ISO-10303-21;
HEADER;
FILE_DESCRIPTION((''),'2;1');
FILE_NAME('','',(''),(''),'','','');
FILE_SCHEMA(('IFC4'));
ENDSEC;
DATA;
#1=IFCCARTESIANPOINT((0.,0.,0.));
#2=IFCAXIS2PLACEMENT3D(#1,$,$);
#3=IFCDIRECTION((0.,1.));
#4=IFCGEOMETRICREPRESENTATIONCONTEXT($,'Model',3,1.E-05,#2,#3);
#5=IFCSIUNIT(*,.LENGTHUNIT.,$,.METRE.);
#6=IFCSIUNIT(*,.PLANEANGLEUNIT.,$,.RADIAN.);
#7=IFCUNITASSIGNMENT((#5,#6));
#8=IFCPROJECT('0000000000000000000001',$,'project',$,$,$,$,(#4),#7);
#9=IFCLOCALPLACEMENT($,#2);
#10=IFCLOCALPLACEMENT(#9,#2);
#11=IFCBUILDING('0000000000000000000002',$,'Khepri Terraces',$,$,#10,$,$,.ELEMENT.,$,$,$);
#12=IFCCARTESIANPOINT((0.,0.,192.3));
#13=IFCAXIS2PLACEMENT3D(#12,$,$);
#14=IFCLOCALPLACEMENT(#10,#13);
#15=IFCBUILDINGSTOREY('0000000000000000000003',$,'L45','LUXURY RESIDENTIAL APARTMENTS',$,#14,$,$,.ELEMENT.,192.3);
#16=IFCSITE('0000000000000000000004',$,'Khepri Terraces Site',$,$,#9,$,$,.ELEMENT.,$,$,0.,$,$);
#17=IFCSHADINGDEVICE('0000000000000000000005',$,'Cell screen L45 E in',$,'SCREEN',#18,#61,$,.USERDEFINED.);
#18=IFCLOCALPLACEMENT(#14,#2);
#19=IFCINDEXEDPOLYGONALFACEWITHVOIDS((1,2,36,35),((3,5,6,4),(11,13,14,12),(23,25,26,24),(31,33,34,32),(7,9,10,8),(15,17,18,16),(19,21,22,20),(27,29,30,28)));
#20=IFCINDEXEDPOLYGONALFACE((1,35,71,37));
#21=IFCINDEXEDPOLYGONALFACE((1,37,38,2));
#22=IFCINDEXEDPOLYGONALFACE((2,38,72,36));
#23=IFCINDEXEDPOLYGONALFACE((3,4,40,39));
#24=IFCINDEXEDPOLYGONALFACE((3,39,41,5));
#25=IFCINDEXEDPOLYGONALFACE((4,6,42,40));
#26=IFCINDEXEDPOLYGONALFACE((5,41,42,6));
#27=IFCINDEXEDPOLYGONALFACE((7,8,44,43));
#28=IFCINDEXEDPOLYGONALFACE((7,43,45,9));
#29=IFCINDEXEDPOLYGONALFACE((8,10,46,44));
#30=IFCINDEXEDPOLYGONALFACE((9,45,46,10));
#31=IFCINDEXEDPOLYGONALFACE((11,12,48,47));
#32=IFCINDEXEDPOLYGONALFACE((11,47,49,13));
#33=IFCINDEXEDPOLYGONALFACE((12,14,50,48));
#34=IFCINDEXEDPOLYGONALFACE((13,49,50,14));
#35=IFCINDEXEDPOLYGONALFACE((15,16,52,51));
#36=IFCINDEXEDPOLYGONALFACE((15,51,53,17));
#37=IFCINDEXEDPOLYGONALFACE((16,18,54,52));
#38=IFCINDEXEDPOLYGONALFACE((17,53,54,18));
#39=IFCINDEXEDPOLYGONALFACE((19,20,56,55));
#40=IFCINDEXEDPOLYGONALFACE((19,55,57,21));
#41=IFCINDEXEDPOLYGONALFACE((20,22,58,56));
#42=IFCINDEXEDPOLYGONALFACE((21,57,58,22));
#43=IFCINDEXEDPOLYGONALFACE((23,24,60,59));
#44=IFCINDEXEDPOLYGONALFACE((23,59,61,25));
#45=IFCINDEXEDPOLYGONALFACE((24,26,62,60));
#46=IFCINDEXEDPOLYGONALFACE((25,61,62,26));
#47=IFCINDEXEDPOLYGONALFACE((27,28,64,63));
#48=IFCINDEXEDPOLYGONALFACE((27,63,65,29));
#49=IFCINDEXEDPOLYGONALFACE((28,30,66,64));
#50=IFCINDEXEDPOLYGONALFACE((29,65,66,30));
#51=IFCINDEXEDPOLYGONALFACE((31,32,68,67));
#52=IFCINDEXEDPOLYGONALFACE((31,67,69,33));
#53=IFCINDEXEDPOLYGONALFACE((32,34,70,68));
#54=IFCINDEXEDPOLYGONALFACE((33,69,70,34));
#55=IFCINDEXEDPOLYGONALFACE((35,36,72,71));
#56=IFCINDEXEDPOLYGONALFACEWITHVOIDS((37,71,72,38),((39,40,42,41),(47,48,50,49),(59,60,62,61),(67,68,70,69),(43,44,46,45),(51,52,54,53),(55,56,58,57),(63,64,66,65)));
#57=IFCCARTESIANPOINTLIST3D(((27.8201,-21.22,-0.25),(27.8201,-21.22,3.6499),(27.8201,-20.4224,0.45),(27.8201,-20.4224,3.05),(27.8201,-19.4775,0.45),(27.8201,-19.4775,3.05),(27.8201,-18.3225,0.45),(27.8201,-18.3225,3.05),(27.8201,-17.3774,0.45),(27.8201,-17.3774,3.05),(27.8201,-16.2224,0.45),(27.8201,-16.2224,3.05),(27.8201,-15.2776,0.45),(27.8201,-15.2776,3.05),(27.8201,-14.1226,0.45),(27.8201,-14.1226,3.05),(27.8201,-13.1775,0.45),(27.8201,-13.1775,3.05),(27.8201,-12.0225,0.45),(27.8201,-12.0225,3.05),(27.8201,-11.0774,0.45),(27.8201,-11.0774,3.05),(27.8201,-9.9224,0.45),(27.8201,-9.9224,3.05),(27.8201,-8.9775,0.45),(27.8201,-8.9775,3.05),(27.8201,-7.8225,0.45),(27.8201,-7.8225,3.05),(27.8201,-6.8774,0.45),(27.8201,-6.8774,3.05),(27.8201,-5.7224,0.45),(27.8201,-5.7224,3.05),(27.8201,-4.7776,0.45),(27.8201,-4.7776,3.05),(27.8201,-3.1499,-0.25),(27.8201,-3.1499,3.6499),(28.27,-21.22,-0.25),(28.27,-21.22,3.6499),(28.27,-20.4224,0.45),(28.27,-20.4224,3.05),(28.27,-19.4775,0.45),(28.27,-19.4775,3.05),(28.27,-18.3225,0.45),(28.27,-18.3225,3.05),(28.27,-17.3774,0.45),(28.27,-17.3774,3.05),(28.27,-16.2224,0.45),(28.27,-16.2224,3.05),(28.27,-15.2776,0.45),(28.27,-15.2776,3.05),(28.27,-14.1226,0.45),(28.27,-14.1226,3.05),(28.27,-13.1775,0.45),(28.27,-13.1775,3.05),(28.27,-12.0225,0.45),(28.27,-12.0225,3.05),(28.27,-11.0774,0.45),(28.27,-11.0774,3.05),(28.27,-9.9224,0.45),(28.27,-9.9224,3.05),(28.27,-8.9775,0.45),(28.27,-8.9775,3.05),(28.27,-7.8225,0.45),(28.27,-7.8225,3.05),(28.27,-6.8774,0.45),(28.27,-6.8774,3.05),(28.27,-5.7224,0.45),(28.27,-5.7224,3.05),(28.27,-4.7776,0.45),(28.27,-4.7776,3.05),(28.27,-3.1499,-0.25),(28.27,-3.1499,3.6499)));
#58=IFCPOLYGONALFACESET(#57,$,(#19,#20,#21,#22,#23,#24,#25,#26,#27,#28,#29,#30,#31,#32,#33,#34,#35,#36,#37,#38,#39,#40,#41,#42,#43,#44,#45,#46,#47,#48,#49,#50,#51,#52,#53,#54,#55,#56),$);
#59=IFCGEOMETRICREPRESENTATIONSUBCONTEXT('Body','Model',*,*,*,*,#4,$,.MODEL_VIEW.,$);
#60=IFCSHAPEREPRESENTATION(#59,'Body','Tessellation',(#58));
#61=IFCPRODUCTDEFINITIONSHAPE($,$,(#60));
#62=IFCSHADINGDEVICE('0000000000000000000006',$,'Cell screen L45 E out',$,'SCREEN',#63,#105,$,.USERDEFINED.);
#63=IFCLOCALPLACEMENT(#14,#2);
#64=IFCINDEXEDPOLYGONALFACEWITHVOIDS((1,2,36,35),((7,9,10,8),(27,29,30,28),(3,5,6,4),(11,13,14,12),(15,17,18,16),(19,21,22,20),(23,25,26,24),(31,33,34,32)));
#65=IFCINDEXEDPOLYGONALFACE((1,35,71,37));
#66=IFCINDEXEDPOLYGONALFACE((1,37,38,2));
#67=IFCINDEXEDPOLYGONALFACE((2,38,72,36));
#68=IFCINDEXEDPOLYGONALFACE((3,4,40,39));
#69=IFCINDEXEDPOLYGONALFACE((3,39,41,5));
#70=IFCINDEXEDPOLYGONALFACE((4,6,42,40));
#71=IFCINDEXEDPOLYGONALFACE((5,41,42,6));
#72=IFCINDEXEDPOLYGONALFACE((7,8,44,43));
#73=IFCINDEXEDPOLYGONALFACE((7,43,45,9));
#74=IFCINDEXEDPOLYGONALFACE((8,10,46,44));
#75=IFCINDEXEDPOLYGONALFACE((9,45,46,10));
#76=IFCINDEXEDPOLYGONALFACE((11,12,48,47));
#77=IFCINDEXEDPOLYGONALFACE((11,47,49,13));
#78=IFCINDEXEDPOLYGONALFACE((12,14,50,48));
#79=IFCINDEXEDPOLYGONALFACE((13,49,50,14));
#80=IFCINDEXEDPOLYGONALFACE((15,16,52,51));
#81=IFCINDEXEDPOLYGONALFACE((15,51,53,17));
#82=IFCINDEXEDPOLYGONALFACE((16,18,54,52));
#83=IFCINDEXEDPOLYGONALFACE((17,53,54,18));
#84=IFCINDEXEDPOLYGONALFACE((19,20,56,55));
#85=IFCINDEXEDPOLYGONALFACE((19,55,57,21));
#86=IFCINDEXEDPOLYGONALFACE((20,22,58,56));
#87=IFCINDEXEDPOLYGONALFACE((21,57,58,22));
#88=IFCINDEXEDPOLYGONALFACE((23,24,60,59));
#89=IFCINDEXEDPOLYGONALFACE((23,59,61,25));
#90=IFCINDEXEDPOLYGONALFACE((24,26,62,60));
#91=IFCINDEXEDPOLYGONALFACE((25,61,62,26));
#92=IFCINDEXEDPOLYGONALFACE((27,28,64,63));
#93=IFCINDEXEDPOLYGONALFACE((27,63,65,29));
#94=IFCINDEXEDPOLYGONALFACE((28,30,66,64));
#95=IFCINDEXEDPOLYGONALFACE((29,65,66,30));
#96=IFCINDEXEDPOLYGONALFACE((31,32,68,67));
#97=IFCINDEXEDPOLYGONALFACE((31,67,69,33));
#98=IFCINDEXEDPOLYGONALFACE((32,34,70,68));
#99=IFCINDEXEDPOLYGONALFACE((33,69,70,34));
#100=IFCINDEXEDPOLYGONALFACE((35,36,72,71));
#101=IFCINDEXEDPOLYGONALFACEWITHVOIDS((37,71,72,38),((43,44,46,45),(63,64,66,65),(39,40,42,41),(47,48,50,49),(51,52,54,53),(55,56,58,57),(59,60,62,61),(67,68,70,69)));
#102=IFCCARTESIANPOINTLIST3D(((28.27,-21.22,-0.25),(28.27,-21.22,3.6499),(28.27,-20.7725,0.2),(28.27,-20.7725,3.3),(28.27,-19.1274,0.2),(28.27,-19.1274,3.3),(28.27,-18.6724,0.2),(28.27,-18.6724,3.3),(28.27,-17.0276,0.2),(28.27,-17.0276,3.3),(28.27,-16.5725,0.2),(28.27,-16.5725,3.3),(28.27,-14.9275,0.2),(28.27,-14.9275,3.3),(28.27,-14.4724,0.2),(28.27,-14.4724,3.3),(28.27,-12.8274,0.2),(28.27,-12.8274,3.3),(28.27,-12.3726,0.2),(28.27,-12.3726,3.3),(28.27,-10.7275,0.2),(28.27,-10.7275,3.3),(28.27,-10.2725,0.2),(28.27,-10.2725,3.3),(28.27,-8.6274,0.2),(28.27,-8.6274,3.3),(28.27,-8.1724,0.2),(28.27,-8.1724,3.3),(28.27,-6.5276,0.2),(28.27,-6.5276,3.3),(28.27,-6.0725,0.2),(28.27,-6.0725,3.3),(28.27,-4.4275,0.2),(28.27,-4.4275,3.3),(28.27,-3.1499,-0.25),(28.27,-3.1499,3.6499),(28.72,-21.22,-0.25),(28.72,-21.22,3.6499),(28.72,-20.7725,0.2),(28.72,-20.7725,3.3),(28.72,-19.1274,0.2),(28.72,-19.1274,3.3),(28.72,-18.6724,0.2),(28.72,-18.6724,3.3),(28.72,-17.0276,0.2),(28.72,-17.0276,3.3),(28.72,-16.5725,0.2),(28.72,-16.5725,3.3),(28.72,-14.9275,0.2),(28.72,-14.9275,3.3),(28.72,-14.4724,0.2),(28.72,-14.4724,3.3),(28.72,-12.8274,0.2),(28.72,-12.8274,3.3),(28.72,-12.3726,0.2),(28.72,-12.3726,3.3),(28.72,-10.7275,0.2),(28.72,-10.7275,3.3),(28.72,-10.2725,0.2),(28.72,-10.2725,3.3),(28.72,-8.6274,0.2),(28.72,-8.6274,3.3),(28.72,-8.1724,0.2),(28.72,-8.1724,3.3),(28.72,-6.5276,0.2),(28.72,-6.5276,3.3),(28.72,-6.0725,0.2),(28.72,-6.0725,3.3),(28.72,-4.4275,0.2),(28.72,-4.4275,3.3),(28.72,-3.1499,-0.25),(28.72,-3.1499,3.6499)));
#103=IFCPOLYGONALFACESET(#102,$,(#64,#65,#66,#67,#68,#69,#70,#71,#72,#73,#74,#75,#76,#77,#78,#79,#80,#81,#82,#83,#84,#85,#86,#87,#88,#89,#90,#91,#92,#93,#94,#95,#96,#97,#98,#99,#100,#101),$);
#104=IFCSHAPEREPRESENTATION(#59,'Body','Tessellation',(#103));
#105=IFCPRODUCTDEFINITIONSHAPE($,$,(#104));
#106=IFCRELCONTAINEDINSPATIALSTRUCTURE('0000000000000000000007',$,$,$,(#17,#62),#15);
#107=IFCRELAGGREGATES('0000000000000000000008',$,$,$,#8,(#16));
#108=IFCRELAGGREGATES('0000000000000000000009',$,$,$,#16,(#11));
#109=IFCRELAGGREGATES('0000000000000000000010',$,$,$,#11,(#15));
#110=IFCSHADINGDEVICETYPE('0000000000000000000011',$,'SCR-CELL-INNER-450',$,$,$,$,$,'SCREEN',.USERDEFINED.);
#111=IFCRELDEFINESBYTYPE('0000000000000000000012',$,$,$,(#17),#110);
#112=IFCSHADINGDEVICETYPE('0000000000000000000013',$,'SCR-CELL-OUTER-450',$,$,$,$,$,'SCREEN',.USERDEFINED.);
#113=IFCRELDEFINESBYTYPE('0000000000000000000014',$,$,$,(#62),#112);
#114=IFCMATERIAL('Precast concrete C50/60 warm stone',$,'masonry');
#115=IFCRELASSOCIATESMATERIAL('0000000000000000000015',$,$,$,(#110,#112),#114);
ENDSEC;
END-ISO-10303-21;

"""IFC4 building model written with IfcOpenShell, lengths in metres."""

from ifc_helpers import new_model, si_unit, direction, frame, origin, place, context, subcontext, project, spatial, polyline, outline, extrude, material, type_object, element, save


model = new_model("IFC4")

# Units and contexts
model_context = context("Model", 3, precision=1e-05, world=origin(), true_north=direction((0.0, 1.0)))
body_context = subcontext(model_context, "Body", "Model", "MODEL_VIEW")
ifc_project = project(units=[si_unit("LENGTHUNIT", "METRE"), si_unit("PLANEANGLEUNIT", "RADIAN")], contexts=[model_context])

# Site, building, storey
site_placement = place(None, origin())
site = spatial("IfcSite", under=ifc_project, at=site_placement, Name="Khepri Terraces Site", CompositionType="ELEMENT", RefElevation=0.0)
building_placement = place(site_placement, origin())
building = spatial("IfcBuilding", under=site, at=building_placement, Name="Khepri Terraces", CompositionType="ELEMENT")
storey_placement = place(building_placement, frame((0.0, 0.0, 192.3)))
storey = spatial("IfcBuildingStorey", under=building, at=storey_placement, Name="L45", Description="LUXURY RESIDENTIAL APARTMENTS", CompositionType="ELEMENT", Elevation=192.3)

# Shared definitions
ifc_material_1 = material(Name="Precast concrete C50/60 warm stone", Category="masonry")

# Shading devices
shading_device_type_1 = type_object("IfcShadingDeviceType", Name="SCR-CELL-INNER-450", ElementType="SCREEN", PredefinedType="USERDEFINED", material=ifc_material_1)
shading_device_1_placement = place(storey_placement, frame((27.8201, -21.22, -0.25), z_axis=(1.0, 0.0, 0.0), x_axis=(0.0, 1.0, 0.0)))
element("IfcShadingDevice", 1, at=shading_device_1_placement, inside=storey, type_object=shading_device_type_1, Name="Cell screen L45 E in", ObjectType="SCREEN", PredefinedType="USERDEFINED", context=body_context, shape_type="SweptSolid", body=[
    extrude(outline(polyline([(0.0, 0.0), (18.0701, 0.0), (18.0701, 3.8999), (0.0, 3.8999), (0.0, 0.0)]), holes=[polyline([(0.7976, 0.7), (1.7424, 0.7), (1.7424, 3.3), (0.7976, 3.3), (0.7976, 0.7)]), polyline([(2.8975, 0.7), (3.8425, 0.7), (3.8425, 3.3), (2.8975, 3.3), (2.8975, 0.7)]), polyline([(4.9976, 0.7), (5.9424, 0.7), (5.9424, 3.3), (4.9976, 3.3), (4.9976, 0.7)]), polyline([(7.0974, 0.7), (8.0425, 0.7), (8.0425, 3.3), (7.0974, 3.3), (7.0974, 0.7)]), polyline([(9.1975, 0.7), (10.1426, 0.7), (10.1426, 3.3), (9.1975, 3.3), (9.1975, 0.7)]), polyline([(11.2976, 0.7), (12.2424, 0.7), (12.2424, 3.3), (11.2976, 3.3), (11.2976, 0.7)]), polyline([(13.3975, 0.7), (14.3425, 0.7), (14.3425, 3.3), (13.3975, 3.3), (13.3975, 0.7)]), polyline([(15.4976, 0.7), (16.4424, 0.7), (16.4424, 3.3), (15.4976, 3.3), (15.4976, 0.7)])]), origin(), (0.0, 0.0, 1.0), 0.45),
])
shading_device_type_2 = type_object("IfcShadingDeviceType", Name="SCR-CELL-OUTER-450", ElementType="SCREEN", PredefinedType="USERDEFINED", material=ifc_material_1)
shading_device_2_placement = place(storey_placement, frame((28.27, -21.22, -0.25), z_axis=(1.0, 0.0, 0.0), x_axis=(0.0, 1.0, 0.0)))
element("IfcShadingDevice", 2, at=shading_device_2_placement, inside=storey, type_object=shading_device_type_2, Name="Cell screen L45 E out", ObjectType="SCREEN", PredefinedType="USERDEFINED", context=body_context, shape_type="SweptSolid", body=[
    extrude(outline(polyline([(0.0, 0.0), (18.0701, 0.0), (18.0701, 3.8999), (0.0, 3.8999), (0.0, 0.0)]), holes=[polyline([(0.4475, 0.45), (2.0925, 0.45), (2.0925, 3.55), (0.4475, 3.55), (0.4475, 0.45)]), polyline([(2.5476, 0.45), (4.1924, 0.45), (4.1924, 3.55), (2.5476, 3.55), (2.5476, 0.45)]), polyline([(4.6475, 0.45), (6.2925, 0.45), (6.2925, 3.55), (4.6475, 3.55), (4.6475, 0.45)]), polyline([(6.7476, 0.45), (8.3926, 0.45), (8.3926, 3.55), (6.7476, 3.55), (6.7476, 0.45)]), polyline([(8.8474, 0.45), (10.4924, 0.45), (10.4924, 3.55), (8.8474, 3.55), (8.8474, 0.45)]), polyline([(10.9475, 0.45), (12.5925, 0.45), (12.5925, 3.55), (10.9475, 3.55), (10.9475, 0.45)]), polyline([(13.0476, 0.45), (14.6924, 0.45), (14.6924, 3.55), (13.0476, 3.55), (13.0476, 0.45)]), polyline([(15.1475, 0.45), (16.7925, 0.45), (16.7925, 3.55), (15.1475, 3.55), (15.1475, 0.45)])]), origin(), (0.0, 0.0, 1.0), 0.45),
])

save(model, "model.ifc")
